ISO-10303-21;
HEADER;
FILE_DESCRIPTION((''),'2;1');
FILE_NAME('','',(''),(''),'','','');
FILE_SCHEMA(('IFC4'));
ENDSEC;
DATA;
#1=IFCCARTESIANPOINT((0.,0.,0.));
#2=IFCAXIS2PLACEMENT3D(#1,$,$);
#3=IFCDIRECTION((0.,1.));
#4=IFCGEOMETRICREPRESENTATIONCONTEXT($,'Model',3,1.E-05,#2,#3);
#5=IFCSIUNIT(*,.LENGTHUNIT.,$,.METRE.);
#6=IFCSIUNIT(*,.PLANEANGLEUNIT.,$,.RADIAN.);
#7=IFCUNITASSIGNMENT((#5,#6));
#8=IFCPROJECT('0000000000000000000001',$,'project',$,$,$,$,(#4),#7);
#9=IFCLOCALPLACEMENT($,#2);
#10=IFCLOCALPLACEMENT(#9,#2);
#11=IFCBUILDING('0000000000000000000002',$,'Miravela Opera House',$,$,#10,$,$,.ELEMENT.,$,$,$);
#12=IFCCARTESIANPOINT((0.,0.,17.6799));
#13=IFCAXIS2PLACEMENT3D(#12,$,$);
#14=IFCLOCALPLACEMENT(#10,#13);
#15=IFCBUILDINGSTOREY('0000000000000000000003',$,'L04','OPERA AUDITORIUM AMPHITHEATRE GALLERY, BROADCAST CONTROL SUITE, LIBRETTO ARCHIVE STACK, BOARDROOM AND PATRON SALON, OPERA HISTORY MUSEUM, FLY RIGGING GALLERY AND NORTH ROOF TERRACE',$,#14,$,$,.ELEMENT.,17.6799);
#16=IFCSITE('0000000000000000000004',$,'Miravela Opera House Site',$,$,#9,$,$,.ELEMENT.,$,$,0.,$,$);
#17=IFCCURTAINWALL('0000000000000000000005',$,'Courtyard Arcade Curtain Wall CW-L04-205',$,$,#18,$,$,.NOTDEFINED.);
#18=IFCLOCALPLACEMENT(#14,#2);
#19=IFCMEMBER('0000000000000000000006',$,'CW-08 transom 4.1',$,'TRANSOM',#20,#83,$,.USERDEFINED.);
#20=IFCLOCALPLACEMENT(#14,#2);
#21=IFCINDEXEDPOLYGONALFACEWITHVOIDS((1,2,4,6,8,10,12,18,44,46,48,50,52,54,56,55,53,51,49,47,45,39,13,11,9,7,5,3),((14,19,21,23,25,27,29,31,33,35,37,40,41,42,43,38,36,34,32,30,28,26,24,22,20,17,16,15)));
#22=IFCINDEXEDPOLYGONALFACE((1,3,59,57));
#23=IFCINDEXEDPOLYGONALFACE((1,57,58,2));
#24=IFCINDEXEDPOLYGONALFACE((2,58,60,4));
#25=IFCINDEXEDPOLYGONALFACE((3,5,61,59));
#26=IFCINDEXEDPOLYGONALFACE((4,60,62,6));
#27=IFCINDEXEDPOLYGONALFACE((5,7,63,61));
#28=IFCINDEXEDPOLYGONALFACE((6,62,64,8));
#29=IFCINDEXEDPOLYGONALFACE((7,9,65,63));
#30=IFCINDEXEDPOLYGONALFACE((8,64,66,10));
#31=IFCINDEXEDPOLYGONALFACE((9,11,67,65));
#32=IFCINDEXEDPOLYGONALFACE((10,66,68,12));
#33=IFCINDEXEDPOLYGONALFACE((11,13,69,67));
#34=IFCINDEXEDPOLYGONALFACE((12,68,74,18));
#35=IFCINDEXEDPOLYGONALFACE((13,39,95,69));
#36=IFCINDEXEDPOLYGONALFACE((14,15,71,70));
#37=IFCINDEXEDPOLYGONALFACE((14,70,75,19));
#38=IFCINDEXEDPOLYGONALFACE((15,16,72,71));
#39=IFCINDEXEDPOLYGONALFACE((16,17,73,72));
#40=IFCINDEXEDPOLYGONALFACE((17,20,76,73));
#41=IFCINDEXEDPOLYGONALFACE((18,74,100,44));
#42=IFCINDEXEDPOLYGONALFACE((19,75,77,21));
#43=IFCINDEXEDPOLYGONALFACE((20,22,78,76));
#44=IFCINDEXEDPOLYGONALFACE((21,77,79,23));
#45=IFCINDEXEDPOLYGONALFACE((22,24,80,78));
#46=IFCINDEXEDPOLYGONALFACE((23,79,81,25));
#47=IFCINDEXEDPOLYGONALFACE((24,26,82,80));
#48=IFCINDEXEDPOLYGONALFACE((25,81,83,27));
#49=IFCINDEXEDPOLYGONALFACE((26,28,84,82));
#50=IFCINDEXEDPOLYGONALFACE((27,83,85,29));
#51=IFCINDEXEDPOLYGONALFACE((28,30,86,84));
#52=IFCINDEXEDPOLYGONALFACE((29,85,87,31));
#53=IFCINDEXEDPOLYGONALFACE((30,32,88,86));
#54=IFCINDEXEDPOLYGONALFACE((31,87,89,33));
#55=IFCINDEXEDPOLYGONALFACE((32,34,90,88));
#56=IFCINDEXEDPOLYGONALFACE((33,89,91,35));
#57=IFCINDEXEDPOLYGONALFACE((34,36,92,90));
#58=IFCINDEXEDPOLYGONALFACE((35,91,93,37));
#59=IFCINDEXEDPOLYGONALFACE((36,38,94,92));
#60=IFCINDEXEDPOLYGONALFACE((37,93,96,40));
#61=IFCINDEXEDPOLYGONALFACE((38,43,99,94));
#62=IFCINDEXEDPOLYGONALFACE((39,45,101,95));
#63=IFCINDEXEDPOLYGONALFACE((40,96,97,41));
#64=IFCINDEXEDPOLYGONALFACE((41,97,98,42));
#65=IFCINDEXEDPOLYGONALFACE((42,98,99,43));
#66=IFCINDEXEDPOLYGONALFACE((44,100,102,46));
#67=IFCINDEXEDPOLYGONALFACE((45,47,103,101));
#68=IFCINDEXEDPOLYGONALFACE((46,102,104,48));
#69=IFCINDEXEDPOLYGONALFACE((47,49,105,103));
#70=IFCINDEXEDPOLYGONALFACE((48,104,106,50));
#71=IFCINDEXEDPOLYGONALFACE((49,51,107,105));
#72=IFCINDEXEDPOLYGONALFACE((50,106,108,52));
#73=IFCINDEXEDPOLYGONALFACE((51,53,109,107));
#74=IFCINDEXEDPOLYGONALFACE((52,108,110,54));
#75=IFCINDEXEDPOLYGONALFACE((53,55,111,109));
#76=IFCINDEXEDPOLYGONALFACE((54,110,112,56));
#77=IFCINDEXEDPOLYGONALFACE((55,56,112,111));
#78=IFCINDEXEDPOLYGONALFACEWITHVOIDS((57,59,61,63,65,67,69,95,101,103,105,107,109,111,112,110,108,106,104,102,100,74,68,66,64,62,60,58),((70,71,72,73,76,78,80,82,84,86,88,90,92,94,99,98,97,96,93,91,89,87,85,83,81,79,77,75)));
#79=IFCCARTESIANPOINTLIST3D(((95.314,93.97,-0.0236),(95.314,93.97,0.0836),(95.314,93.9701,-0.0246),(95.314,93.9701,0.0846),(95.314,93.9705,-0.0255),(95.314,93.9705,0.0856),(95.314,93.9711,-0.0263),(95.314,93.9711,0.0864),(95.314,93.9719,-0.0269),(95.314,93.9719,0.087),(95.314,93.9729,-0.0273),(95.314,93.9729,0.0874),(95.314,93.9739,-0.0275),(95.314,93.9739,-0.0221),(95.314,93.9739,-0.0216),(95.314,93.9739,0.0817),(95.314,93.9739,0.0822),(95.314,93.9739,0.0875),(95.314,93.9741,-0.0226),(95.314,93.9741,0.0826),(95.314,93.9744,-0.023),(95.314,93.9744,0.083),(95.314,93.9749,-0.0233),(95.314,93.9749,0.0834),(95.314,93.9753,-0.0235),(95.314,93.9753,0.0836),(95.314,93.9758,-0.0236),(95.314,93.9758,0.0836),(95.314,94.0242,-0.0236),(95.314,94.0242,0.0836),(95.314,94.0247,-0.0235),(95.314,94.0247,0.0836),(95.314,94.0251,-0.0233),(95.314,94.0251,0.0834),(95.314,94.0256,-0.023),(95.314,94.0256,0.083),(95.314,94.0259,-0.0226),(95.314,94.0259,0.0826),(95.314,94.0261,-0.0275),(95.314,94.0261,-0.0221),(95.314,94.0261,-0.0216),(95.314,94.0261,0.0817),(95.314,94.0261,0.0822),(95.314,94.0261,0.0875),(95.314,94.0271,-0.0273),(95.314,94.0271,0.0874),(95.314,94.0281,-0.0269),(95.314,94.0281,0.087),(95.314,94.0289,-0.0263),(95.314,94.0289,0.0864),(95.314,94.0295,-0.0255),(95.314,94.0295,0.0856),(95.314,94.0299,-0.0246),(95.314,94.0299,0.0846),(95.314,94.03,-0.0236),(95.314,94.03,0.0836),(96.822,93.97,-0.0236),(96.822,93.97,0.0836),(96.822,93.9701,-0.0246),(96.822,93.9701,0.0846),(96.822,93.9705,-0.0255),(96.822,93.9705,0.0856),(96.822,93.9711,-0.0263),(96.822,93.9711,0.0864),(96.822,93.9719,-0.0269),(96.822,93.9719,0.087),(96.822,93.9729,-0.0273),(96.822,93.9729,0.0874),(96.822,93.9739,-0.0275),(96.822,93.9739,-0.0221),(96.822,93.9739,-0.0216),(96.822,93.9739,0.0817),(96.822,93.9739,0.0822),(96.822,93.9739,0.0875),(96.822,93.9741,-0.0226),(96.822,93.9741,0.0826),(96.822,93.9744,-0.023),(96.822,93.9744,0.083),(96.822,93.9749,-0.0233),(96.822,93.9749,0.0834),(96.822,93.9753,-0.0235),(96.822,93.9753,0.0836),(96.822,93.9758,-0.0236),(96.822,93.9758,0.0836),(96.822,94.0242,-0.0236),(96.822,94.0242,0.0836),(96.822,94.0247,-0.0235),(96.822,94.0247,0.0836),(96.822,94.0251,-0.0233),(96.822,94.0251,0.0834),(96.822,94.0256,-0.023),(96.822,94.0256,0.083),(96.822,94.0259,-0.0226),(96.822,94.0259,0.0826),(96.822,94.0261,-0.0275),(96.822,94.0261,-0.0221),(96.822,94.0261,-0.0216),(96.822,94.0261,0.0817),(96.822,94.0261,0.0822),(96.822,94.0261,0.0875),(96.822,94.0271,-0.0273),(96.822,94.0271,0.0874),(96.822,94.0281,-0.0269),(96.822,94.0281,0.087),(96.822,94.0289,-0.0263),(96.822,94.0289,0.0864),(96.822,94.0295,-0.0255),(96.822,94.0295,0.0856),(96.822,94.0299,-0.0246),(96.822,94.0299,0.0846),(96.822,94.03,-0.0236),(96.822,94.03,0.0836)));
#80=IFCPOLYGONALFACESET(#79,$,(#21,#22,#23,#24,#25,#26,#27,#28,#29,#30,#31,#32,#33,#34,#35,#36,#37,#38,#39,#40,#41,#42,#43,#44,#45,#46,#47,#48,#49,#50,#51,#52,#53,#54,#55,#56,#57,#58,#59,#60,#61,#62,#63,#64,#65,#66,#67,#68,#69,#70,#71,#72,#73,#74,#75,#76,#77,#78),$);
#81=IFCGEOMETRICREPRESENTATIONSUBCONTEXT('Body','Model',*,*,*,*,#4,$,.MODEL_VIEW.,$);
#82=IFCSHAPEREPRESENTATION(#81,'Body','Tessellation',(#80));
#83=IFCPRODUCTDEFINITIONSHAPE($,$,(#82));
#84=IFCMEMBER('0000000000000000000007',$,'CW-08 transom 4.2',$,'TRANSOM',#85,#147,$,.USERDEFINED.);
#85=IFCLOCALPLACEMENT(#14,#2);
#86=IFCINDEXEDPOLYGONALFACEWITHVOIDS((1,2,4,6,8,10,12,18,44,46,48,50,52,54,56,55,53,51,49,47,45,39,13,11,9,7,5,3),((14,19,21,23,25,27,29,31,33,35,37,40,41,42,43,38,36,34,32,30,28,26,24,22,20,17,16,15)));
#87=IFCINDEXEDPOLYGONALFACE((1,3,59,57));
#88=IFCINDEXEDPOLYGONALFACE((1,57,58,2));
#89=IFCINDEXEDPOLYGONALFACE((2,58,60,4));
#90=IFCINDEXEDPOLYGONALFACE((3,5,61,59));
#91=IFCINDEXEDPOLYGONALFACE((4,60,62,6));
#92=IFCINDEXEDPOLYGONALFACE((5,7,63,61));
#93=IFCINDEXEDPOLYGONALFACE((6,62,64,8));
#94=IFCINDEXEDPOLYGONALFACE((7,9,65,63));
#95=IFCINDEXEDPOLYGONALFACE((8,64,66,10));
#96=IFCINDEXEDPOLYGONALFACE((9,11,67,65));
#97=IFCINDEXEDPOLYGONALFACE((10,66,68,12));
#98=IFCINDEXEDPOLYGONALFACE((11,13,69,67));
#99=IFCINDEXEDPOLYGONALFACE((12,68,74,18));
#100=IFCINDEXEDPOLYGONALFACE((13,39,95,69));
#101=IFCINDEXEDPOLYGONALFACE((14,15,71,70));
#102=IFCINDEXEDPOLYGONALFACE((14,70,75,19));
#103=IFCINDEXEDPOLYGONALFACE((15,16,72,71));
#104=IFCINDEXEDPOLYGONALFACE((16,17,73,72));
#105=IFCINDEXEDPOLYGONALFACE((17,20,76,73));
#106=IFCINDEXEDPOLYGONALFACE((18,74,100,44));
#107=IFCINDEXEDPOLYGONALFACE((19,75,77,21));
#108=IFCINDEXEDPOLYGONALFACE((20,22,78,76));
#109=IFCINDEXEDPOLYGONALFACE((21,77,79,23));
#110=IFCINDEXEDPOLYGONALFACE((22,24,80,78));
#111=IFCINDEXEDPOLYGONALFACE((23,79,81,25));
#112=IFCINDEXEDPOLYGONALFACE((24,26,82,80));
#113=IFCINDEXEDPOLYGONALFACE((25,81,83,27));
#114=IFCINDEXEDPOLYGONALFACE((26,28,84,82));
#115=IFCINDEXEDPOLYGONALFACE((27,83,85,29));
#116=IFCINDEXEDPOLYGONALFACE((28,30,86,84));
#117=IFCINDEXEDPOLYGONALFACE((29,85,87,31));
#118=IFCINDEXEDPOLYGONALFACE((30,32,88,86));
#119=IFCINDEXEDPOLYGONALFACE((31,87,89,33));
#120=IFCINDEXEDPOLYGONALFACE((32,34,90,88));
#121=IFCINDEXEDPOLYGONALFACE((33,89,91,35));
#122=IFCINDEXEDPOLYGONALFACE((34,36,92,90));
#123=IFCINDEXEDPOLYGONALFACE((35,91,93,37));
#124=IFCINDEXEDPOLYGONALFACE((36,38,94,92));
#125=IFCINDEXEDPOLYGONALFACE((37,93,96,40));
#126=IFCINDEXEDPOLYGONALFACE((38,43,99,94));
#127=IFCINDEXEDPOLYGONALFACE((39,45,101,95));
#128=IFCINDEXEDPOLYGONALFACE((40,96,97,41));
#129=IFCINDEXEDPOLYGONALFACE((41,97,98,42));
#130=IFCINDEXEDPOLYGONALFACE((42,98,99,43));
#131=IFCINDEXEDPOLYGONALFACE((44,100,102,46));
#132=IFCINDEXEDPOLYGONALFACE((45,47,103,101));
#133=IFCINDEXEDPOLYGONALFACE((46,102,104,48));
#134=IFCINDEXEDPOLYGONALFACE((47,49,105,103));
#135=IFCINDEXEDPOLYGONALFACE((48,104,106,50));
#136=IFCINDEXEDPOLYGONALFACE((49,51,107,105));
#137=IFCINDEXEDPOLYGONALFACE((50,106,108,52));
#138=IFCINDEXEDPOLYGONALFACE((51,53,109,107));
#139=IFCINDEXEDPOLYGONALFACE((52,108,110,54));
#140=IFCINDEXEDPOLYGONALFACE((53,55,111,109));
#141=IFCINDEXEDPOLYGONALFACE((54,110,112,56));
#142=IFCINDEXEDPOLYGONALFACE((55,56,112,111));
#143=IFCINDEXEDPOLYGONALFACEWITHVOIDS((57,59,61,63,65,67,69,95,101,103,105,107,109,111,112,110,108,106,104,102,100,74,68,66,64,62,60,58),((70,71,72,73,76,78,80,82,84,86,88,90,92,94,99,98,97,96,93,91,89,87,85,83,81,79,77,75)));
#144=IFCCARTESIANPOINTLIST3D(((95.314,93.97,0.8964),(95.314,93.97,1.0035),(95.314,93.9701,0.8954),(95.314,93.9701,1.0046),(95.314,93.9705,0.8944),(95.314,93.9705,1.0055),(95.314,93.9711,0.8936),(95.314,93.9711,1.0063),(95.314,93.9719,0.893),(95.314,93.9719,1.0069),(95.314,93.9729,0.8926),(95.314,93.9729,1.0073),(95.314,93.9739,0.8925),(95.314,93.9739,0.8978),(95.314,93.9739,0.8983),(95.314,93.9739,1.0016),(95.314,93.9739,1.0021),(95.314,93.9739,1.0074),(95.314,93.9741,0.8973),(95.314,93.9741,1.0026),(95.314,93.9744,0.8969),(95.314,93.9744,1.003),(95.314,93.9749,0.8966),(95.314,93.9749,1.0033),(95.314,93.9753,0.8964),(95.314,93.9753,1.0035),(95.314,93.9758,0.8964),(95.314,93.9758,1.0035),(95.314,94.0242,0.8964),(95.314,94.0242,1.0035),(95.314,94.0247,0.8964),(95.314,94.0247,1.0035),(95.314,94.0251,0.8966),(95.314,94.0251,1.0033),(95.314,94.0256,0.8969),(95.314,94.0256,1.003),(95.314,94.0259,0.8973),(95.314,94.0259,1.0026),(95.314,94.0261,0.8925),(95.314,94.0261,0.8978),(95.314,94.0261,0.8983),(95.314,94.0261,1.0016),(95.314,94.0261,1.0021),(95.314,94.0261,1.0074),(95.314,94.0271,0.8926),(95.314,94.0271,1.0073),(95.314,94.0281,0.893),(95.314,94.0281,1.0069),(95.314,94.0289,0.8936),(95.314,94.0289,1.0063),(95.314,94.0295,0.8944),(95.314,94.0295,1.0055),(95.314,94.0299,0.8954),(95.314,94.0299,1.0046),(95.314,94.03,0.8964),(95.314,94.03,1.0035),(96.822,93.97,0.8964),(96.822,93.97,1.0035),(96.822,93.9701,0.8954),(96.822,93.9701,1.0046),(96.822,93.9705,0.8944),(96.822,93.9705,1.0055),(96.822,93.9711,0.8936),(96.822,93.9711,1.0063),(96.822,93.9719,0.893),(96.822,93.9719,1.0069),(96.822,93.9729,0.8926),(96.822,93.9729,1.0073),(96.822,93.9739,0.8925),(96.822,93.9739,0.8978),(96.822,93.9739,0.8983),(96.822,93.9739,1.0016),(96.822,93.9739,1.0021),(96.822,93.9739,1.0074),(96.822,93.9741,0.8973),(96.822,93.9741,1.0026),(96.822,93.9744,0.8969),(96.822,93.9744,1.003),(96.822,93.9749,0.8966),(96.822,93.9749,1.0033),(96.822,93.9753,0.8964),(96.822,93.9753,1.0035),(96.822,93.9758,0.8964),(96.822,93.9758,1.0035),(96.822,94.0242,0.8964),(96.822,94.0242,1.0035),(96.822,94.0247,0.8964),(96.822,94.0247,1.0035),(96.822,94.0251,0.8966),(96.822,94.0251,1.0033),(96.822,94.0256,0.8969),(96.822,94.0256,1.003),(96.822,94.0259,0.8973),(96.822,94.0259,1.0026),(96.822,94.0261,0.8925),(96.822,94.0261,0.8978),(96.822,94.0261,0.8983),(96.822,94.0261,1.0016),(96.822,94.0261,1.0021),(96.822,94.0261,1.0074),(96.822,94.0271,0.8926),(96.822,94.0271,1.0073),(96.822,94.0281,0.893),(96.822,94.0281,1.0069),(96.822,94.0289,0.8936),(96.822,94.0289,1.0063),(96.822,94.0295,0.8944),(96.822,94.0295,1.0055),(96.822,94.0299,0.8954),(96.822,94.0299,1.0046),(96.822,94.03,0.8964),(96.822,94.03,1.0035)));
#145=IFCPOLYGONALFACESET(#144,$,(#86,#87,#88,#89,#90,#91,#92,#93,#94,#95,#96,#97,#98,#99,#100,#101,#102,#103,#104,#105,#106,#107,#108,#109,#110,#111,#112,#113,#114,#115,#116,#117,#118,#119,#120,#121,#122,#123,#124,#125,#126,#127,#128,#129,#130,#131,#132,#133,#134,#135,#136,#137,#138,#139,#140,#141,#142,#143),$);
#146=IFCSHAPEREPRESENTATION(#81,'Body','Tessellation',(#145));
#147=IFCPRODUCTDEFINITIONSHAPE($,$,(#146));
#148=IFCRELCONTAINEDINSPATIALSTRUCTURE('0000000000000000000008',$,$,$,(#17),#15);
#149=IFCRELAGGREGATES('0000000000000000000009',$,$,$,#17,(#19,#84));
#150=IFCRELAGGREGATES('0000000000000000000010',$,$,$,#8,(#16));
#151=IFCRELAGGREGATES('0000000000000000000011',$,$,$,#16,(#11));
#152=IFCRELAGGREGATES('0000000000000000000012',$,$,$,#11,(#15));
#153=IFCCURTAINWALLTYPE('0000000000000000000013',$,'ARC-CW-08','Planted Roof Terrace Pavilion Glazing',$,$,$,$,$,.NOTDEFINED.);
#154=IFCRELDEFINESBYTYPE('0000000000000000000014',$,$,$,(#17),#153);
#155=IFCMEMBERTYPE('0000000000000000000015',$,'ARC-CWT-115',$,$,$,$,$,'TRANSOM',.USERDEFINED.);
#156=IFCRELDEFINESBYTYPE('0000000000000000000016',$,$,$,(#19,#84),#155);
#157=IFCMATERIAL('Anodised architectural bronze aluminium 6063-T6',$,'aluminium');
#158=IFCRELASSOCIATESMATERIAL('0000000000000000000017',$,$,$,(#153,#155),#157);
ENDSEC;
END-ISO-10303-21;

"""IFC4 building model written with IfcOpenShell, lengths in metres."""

from ifc_helpers import new_model, si_unit, direction, frame, origin, origin_2d, place, context, subcontext, project, spatial, hollow_rectangle, extrude, material, material_profile, profile_set, type_object, element, aggregate, save


model = new_model("IFC4")

# Units and contexts
model_context = context("Model", 3, precision=1e-05, world=origin(), true_north=direction((0.0, 1.0)))
body_context = subcontext(model_context, "Body", "Model", "MODEL_VIEW")
ifc_project = project(units=[si_unit("LENGTHUNIT", "METRE"), si_unit("PLANEANGLEUNIT", "RADIAN")], contexts=[model_context])

# Site, building, storey
site_placement = place(None, origin())
site = spatial("IfcSite", under=ifc_project, at=site_placement, Name="Miravela Opera House Site", CompositionType="ELEMENT", RefElevation=0.0)
building_placement = place(site_placement, origin())
building = spatial("IfcBuilding", under=site, at=building_placement, Name="Miravela Opera House", CompositionType="ELEMENT")
storey_placement = place(building_placement, frame((0.0, 0.0, 17.6799)))
storey = spatial("IfcBuildingStorey", under=building, at=storey_placement, Name="L04", Description="OPERA AUDITORIUM AMPHITHEATRE GALLERY, BROADCAST CONTROL SUITE, LIBRETTO ARCHIVE STACK, BOARDROOM AND PATRON SALON, OPERA HISTORY MUSEUM, FLY RIGGING GALLERY AND NORTH ROOF TERRACE", CompositionType="ELEMENT", Elevation=17.6799)

# Curtain wall
ifc_material_1 = material(Name="Anodised architectural bronze aluminium 6063-T6", Category="aluminium")
curtain_wall_type = type_object("IfcCurtainWallType", Name="ARC-CW-08", Description="Planted Roof Terrace Pavilion Glazing", PredefinedType="NOTDEFINED", material=ifc_material_1)
curtain_wall_1_placement = place(storey_placement, origin())
curtain_wall_1 = element("IfcCurtainWall", 1, at=curtain_wall_1_placement, inside=storey, type_object=curtain_wall_type, Name="Courtyard Arcade Curtain Wall CW-L04-205", PredefinedType="NOTDEFINED")

# Members
ifc_material_profile_1 = material_profile(ifc_material_1, hollow_rectangle(XDim=0.0601, YDim=0.115, WallThickness=0.0039, InnerFilletRadius=0.002, OuterFilletRadius=0.0039, at=origin_2d()), Name="CWT-60X115")
ifc_profile_set_1 = profile_set([ifc_material_profile_1])
member_type_1 = type_object("IfcMemberType", Name="ARC-CWT-115", ElementType="TRANSOM", PredefinedType="USERDEFINED", material=ifc_profile_set_1)
member_1_placement = place(storey_placement, frame((95.314, 94.0, 0.03), z_axis=(1.0, 0.0, 0.0), x_axis=(0.0, 1.0, 0.0)))
member_1 = element("IfcMember", 2, at=member_1_placement, type_object=member_type_1, Name="CW-08 transom 4.1", ObjectType="TRANSOM", PredefinedType="USERDEFINED", context=body_context, shape_type="SweptSolid", body=[
    extrude(hollow_rectangle(XDim=0.0601, YDim=0.115, WallThickness=0.0039, InnerFilletRadius=0.002, OuterFilletRadius=0.0039, at=origin_2d()), origin(), (0.0, 0.0, 1.0), 1.5081),
])
member_2_placement = place(storey_placement, frame((95.314, 94.0, 0.95), z_axis=(1.0, 0.0, 0.0), x_axis=(0.0, 1.0, 0.0)))
member_2 = element("IfcMember", 3, at=member_2_placement, type_object=member_type_1, Name="CW-08 transom 4.2", ObjectType="TRANSOM", PredefinedType="USERDEFINED", context=body_context, shape_type="SweptSolid", body=[
    extrude(hollow_rectangle(XDim=0.0601, YDim=0.115, WallThickness=0.0039, InnerFilletRadius=0.002, OuterFilletRadius=0.0039, at=origin_2d()), origin(), (0.0, 0.0, 1.0), 1.5081),
])

aggregate(curtain_wall_1, [member_1, member_2])

save(model, "model.ifc")
